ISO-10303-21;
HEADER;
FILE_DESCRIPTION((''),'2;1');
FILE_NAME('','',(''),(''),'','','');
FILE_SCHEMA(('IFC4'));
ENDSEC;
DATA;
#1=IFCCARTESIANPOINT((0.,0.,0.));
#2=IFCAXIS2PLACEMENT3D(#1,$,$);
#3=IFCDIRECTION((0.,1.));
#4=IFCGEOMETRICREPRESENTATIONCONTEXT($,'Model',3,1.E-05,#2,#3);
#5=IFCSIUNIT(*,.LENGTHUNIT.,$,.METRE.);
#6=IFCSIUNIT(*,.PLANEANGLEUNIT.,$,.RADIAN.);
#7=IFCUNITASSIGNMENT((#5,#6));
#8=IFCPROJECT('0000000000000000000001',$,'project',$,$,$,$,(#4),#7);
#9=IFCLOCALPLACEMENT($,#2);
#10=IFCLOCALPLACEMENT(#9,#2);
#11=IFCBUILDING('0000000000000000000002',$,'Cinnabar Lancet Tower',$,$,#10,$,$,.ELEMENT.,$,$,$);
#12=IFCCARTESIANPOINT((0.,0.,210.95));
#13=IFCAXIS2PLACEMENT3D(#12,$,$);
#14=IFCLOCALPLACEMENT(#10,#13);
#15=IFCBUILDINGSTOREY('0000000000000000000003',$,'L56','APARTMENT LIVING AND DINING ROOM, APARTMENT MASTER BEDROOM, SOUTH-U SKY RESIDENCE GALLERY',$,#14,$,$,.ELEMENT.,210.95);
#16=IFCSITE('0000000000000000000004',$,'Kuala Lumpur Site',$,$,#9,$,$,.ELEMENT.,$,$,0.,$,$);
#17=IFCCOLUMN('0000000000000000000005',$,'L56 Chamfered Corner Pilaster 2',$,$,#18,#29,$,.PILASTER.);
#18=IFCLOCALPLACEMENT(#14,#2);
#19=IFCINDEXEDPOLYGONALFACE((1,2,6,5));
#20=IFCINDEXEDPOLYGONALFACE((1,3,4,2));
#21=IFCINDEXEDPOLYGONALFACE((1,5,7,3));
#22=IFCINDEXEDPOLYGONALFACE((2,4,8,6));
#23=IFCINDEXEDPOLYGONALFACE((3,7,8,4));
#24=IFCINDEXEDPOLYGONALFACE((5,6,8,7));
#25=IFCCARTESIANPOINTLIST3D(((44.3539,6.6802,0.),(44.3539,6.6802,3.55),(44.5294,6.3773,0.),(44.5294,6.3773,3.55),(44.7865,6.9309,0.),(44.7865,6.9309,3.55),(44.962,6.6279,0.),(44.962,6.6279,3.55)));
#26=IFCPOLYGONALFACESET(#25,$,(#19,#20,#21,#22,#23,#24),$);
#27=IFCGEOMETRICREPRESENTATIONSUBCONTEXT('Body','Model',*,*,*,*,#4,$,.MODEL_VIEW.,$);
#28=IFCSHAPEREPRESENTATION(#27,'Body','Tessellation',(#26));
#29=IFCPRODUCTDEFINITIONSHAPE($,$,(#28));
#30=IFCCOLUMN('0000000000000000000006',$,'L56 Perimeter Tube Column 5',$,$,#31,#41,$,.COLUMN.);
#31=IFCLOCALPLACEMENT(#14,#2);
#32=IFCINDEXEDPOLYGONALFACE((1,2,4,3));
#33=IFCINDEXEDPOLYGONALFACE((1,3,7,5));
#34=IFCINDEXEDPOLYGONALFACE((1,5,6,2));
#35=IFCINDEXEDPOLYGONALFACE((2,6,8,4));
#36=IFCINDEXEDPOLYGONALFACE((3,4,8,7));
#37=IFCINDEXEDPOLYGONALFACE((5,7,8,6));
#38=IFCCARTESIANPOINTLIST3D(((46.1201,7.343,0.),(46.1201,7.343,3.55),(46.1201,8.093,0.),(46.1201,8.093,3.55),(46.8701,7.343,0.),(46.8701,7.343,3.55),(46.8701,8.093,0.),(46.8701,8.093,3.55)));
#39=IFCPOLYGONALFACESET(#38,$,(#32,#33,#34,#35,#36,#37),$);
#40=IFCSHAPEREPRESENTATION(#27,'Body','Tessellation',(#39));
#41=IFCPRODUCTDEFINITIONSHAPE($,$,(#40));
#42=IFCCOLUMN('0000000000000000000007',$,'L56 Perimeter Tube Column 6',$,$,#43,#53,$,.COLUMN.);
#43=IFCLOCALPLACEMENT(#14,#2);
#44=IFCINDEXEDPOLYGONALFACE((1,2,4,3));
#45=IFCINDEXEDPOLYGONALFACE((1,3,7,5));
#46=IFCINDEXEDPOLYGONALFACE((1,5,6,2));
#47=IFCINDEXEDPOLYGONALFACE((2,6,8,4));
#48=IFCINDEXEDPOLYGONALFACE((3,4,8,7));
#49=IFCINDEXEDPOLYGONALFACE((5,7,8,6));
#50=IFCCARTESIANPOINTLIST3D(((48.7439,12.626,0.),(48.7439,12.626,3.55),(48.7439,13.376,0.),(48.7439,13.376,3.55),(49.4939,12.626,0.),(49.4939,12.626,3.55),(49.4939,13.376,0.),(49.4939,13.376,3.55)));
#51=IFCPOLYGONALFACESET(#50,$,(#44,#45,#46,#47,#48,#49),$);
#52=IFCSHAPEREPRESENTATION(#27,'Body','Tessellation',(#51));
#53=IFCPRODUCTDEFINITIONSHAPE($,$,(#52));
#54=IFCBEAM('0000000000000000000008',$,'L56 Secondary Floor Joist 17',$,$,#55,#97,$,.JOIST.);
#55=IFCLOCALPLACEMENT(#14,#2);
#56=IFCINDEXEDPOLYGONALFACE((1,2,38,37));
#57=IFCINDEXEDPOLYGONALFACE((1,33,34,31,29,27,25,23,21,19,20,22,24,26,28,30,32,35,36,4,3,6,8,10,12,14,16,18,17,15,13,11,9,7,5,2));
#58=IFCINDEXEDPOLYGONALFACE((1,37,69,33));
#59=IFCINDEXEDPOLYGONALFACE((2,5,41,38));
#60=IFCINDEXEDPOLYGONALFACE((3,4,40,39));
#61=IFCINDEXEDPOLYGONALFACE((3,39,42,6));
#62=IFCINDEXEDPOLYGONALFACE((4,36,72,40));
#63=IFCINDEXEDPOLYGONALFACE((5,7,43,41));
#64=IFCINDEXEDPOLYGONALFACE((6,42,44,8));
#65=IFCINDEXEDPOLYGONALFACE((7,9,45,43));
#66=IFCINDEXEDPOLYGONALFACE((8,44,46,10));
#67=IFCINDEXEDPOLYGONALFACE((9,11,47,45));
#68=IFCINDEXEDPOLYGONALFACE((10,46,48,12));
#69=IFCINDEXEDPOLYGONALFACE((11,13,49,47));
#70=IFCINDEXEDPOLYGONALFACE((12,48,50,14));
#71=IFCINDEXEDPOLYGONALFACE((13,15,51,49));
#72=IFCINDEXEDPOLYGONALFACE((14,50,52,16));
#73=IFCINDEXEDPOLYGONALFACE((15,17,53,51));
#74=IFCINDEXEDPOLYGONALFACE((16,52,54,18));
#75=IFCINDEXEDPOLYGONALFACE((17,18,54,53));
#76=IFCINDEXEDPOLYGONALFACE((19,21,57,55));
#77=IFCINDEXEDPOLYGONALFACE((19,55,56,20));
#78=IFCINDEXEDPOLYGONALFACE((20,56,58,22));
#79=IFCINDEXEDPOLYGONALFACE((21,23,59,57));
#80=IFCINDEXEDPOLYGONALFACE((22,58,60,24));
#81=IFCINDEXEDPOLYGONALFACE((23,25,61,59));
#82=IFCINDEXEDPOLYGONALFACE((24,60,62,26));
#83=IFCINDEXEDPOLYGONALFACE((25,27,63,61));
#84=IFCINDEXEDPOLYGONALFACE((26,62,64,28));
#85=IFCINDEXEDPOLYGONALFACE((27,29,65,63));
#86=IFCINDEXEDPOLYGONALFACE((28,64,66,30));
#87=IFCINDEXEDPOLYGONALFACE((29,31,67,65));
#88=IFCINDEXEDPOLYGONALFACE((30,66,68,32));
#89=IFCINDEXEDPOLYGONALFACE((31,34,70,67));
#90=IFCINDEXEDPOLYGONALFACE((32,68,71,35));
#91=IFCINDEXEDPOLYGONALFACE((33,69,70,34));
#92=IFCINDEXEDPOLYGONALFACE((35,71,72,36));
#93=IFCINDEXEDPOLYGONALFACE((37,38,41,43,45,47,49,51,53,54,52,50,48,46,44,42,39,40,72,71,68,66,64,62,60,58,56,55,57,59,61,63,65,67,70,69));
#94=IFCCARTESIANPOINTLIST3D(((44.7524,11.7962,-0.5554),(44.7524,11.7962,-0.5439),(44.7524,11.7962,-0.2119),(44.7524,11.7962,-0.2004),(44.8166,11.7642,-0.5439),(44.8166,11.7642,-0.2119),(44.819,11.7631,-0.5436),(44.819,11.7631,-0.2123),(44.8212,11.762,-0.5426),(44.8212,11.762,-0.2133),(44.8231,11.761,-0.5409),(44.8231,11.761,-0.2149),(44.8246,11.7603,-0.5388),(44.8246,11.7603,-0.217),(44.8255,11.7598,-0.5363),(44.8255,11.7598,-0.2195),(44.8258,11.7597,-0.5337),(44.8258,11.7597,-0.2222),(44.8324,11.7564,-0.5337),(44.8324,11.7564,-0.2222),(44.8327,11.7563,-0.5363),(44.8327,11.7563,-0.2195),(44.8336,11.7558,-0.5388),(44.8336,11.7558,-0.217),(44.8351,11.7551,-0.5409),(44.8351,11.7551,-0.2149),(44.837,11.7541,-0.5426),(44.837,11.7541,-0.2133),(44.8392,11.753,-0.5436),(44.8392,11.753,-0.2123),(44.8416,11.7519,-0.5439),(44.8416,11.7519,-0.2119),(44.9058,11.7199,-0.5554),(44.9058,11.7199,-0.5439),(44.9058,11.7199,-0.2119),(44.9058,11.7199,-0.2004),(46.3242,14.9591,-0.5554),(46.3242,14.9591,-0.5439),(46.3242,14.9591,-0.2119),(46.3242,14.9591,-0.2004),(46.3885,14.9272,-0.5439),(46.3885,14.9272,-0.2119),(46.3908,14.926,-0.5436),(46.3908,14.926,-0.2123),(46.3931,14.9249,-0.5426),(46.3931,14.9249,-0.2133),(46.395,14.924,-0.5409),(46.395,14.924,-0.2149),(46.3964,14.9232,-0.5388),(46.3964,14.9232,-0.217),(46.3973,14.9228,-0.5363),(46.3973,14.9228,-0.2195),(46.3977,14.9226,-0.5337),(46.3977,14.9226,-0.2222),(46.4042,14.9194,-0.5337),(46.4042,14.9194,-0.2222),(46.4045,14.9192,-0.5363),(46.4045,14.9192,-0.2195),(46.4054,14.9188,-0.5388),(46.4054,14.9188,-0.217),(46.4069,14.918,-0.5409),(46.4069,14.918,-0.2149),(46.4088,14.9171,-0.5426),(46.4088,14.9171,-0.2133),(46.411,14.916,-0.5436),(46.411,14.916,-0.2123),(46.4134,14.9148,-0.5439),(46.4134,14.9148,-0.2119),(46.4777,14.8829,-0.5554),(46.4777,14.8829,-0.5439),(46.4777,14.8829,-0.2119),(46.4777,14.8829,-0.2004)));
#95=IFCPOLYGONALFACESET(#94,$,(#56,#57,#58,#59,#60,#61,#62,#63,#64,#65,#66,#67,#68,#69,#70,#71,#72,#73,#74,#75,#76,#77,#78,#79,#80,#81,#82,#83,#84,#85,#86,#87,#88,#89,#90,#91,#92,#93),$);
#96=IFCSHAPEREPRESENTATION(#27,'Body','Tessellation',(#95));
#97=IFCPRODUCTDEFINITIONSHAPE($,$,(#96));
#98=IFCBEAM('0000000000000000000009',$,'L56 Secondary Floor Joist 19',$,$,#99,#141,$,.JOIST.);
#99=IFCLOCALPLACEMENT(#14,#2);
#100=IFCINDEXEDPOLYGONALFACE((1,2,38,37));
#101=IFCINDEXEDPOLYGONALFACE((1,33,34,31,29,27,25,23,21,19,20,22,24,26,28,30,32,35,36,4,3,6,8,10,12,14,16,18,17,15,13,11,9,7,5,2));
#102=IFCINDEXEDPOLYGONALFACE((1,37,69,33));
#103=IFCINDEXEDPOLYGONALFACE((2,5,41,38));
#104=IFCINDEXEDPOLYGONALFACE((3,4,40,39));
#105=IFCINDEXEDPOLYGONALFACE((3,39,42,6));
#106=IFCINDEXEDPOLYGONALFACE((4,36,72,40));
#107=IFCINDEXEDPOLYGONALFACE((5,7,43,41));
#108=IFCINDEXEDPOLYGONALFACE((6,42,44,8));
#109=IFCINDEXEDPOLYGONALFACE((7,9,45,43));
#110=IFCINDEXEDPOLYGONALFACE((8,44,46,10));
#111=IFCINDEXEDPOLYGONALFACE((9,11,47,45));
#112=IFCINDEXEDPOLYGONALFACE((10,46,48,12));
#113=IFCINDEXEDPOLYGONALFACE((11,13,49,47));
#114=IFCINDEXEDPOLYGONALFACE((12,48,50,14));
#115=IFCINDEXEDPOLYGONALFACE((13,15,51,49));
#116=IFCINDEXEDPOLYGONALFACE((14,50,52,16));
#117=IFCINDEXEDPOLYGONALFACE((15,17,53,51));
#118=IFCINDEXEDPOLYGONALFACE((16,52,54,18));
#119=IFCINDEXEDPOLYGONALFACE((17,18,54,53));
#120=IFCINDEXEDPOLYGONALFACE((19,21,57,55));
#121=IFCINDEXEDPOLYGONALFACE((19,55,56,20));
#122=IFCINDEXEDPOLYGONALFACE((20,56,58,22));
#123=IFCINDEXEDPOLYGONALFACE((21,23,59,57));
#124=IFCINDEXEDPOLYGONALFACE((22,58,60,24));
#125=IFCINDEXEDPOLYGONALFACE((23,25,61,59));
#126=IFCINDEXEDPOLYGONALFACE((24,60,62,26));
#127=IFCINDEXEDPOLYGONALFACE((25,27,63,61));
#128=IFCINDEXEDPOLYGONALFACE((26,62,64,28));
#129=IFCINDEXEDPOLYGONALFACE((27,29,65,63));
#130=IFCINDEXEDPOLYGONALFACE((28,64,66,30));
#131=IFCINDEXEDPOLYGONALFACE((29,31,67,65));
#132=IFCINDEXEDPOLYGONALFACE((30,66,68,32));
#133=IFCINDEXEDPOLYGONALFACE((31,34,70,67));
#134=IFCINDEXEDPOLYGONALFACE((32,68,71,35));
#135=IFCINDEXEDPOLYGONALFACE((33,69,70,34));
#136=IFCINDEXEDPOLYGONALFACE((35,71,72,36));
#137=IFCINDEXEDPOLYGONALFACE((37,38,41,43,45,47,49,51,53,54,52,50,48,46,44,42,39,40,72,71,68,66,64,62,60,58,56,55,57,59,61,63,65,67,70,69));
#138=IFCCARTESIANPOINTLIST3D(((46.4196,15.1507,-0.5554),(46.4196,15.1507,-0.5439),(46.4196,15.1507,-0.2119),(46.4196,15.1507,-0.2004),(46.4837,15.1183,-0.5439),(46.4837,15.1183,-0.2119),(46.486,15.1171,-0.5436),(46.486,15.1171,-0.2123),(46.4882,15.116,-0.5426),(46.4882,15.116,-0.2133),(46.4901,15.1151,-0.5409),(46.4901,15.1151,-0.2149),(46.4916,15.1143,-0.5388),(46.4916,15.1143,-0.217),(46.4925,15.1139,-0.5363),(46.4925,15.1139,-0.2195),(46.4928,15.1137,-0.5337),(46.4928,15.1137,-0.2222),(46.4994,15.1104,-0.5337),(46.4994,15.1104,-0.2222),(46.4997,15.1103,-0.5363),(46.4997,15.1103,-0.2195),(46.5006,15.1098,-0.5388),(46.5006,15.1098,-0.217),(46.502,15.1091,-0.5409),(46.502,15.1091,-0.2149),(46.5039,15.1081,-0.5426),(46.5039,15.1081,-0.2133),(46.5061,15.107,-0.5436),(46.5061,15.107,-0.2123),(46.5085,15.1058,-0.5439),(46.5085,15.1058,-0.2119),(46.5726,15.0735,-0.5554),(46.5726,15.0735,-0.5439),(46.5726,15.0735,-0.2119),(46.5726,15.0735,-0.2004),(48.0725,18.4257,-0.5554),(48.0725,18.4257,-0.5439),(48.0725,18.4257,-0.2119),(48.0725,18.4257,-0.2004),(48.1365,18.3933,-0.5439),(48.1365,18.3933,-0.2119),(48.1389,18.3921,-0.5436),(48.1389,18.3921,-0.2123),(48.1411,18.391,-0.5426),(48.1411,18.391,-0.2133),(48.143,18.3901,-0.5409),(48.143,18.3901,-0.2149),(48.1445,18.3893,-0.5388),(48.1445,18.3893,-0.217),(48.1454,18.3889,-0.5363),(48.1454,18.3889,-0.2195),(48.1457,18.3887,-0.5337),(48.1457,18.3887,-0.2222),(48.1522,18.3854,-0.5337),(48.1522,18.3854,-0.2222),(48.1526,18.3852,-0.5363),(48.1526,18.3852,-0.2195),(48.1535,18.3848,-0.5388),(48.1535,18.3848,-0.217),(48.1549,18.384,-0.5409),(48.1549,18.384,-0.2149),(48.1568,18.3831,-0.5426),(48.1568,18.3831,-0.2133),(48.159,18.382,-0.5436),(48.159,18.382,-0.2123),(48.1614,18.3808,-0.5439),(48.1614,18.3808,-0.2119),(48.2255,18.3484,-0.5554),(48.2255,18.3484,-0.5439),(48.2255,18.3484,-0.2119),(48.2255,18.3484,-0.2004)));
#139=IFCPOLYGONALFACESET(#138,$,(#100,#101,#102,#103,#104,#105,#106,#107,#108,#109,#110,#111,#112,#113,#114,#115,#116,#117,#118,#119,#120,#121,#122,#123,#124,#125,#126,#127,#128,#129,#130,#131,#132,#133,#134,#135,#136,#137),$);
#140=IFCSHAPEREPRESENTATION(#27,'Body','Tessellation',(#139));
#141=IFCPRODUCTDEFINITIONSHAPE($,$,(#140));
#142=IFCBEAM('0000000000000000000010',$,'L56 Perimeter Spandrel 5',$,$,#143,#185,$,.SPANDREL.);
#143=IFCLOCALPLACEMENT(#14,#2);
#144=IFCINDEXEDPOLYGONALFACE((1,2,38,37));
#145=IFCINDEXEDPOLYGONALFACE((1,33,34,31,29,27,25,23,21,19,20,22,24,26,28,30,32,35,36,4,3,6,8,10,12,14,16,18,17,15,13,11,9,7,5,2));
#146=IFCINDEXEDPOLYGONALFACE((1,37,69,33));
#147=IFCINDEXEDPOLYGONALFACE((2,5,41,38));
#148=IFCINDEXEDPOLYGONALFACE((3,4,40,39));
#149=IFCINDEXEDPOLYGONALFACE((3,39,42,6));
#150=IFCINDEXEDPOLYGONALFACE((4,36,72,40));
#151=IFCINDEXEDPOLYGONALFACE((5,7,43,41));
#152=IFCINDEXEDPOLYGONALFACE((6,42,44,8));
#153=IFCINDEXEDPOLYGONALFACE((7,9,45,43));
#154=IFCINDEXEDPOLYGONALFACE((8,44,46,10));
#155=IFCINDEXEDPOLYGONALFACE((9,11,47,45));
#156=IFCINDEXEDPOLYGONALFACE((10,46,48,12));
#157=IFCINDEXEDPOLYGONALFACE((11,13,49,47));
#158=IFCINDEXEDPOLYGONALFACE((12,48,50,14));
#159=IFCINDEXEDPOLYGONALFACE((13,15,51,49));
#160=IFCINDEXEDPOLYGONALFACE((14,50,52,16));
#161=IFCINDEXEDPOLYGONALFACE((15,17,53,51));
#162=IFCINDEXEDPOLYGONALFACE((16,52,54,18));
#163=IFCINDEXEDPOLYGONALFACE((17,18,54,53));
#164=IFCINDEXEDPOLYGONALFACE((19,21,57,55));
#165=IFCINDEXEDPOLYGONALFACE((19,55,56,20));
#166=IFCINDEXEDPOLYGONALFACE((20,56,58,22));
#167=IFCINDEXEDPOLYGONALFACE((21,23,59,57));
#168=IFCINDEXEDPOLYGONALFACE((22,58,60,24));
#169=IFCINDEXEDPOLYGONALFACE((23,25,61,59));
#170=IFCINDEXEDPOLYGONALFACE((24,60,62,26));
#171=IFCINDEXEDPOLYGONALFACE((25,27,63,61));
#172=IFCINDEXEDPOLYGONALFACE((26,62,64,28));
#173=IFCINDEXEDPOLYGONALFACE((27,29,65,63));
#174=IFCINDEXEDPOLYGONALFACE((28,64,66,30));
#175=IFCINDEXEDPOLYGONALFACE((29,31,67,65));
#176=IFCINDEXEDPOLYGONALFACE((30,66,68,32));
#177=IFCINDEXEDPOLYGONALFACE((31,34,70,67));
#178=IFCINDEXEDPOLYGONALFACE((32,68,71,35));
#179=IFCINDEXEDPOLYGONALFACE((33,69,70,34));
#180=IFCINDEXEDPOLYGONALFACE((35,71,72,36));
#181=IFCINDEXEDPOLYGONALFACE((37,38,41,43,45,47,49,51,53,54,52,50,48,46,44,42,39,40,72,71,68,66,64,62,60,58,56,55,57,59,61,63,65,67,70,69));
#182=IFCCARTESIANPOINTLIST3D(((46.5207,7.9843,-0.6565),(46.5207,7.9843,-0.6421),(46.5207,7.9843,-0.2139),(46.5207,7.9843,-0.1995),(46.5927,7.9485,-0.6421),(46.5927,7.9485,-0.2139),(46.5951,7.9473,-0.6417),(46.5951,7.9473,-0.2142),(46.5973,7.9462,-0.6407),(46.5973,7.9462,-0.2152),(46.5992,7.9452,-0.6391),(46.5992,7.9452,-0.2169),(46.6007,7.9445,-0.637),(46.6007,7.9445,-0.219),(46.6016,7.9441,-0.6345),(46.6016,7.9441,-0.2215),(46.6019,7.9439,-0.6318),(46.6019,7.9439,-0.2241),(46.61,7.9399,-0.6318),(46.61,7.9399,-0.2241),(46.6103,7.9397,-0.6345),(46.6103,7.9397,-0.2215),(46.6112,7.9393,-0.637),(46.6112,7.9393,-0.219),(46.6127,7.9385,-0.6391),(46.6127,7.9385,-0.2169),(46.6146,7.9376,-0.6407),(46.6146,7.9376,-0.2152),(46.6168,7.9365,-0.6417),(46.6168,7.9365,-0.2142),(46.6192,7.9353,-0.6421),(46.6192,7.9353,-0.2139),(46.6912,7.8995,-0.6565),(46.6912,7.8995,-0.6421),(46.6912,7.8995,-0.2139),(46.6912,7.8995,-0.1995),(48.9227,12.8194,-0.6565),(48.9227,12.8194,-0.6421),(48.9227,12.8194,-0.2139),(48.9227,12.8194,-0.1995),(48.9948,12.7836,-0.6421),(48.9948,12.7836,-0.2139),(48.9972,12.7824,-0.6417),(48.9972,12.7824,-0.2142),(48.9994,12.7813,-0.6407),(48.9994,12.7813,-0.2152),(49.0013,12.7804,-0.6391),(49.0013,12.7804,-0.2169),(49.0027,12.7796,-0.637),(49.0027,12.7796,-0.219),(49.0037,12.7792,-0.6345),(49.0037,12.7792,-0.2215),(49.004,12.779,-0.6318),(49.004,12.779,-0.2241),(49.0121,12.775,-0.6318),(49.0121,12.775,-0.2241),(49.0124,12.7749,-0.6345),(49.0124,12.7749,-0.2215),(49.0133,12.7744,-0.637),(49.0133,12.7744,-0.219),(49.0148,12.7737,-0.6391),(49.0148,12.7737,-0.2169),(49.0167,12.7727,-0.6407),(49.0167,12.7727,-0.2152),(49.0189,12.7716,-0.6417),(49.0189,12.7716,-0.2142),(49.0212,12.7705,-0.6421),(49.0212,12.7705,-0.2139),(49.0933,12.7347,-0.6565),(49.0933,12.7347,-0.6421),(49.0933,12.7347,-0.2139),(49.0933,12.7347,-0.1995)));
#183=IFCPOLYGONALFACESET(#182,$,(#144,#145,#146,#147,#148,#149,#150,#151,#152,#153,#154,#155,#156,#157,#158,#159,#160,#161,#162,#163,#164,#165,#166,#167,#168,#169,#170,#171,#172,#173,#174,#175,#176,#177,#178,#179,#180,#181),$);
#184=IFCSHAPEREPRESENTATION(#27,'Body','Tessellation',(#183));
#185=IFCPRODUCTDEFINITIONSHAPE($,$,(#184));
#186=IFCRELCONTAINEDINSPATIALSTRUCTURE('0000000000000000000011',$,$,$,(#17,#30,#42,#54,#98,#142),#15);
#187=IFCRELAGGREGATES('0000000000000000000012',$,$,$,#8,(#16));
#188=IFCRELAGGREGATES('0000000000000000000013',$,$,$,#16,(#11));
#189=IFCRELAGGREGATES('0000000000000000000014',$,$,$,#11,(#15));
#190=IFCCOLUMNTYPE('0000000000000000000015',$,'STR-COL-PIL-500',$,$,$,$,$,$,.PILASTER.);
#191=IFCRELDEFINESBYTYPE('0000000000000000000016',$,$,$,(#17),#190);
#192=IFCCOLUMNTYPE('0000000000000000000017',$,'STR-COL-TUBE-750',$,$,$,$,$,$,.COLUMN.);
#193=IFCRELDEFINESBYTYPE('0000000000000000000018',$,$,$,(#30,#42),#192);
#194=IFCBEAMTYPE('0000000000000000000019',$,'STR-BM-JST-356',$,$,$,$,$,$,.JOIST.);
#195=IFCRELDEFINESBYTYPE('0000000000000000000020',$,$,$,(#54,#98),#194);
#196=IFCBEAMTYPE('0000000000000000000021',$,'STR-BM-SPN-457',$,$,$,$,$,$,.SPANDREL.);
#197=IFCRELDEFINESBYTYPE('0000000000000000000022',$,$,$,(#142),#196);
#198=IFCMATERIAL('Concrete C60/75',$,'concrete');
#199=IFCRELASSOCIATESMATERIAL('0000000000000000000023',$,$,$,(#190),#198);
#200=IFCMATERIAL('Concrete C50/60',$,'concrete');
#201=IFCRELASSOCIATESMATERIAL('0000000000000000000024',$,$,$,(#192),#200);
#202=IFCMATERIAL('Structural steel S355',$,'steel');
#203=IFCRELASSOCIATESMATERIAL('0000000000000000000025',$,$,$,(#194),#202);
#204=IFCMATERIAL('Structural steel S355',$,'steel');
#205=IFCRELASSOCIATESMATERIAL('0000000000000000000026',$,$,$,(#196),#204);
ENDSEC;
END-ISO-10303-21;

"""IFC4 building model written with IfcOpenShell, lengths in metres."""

from ifc_helpers import new_model, si_unit, direction, frame, origin, origin_2d, place, context, subcontext, project, spatial, rectangle, i_section, extrude, material, material_profile, profile_set, type_object, element, save


model = new_model("IFC4")

# Units and contexts
model_context = context("Model", 3, precision=1e-05, world=origin(), true_north=direction((0.0, 1.0)))
body_context = subcontext(model_context, "Body", "Model", "MODEL_VIEW")
ifc_project = project(units=[si_unit("LENGTHUNIT", "METRE"), si_unit("PLANEANGLEUNIT", "RADIAN")], contexts=[model_context])

# Site, building, storey
site_placement = place(None, origin())
site = spatial("IfcSite", under=ifc_project, at=site_placement, Name="Kuala Lumpur Site", CompositionType="ELEMENT", RefElevation=0.0)
building_placement = place(site_placement, origin())
building = spatial("IfcBuilding", under=site, at=building_placement, Name="Cinnabar Lancet Tower", CompositionType="ELEMENT")
storey_placement = place(building_placement, frame((0.0, 0.0, 210.95)))
storey = spatial("IfcBuildingStorey", under=building, at=storey_placement, Name="L56", Description="APARTMENT LIVING AND DINING ROOM, APARTMENT MASTER BEDROOM, SOUTH-U SKY RESIDENCE GALLERY", CompositionType="ELEMENT", Elevation=210.95)

# Columns
ifc_material_1 = material(Name="Concrete C60/75", Category="concrete")
ifc_material_profile_1 = material_profile(ifc_material_1, rectangle(XDim=0.5, YDim=0.3501, at=origin_2d()), Name="RC-PIL 500x350")
ifc_profile_set_1 = profile_set([ifc_material_profile_1], Name="Concrete C60/75")
column_type_1 = type_object("IfcColumnType", Name="STR-COL-PIL-500", PredefinedType="PILASTER", material=ifc_profile_set_1)
column_placement = place(storey_placement, frame((44.658, 6.6541, 0.0), z_axis=(0.0, 0.0, 1.0), x_axis=(0.86523, 0.501375, 0.0)))
element("IfcColumn", 1, at=column_placement, inside=storey, type_object=column_type_1, Name="L56 Chamfered Corner Pilaster 2", PredefinedType="PILASTER", context=body_context, shape_type="SweptSolid", body=[
    extrude(rectangle(XDim=0.5, YDim=0.3501, at=origin_2d()), origin(), (0.0, 0.0, 1.0), 3.55),
])
ifc_material_2 = material(Name="Concrete C50/60", Category="concrete")
ifc_material_profile_2 = material_profile(ifc_material_2, rectangle(XDim=0.75, YDim=0.75, at=origin_2d()), Name="RC-COL 750x750")
ifc_profile_set_2 = profile_set([ifc_material_profile_2], Name="Concrete C50/60")
column_type_2 = type_object("IfcColumnType", Name="STR-COL-TUBE-750", PredefinedType="COLUMN", material=ifc_profile_set_2)
for number, where, z_axis, x_axis, name in (
    (2, (46.4951, 7.718, 0.0), (0.0, 0.0, 1.0), (1.0, 0.0, 0.0), "L56 Perimeter Tube Column 5"),
    (3, (49.1189, 13.001, 0.0), (0.0, 0.0, 1.0), (1.0, 0.0, 0.0), "L56 Perimeter Tube Column 6"),
):
    element("IfcColumn", number, at=place(storey_placement, frame(where, z_axis=z_axis, x_axis=x_axis)), inside=storey, type_object=column_type_2, Name=name, PredefinedType="COLUMN", context=body_context, shape_type="SweptSolid", body=[
        extrude(rectangle(XDim=0.75, YDim=0.75, at=origin_2d()), origin(), (0.0, 0.0, 1.0), 3.55),
    ])

# Beams
ifc_material_3 = material(Name="Structural steel S355", Category="steel")
ifc_material_profile_3 = material_profile(ifc_material_3, i_section(OverallWidth=0.1714, OverallDepth=0.355, WebThickness=0.0073, FlangeThickness=0.0115, FilletRadius=0.0103, at=origin_2d()), Name="UKB 356x171x51")
ifc_profile_set_3 = profile_set([ifc_material_profile_3], Name="Structural steel S355")
beam_type_1 = type_object("IfcBeamType", Name="STR-BM-JST-356", PredefinedType="JOIST", material=ifc_profile_set_3)
beam_1_placement = place(storey_placement, frame((44.8291, 11.7581, -0.3779), z_axis=(0.445028, 0.895517, 0.0), x_axis=(-0.895517, 0.445028, 0.0)))
element("IfcBeam", 4, at=beam_1_placement, inside=storey, type_object=beam_type_1, Name="L56 Secondary Floor Joist 17", PredefinedType="JOIST", context=body_context, shape_type="SweptSolid", body=[
    extrude(i_section(OverallWidth=0.1714, OverallDepth=0.355, WebThickness=0.0073, FlangeThickness=0.0115, FilletRadius=0.0103, at=origin_2d()), origin(), (0.0, 0.0, 1.0), 3.532),
])
beam_2_placement = place(storey_placement, frame((46.4961, 15.1121, -0.3779), z_axis=(0.450565, 0.892744, 0.0), x_axis=(-0.892744, 0.450565, 0.0)))
element("IfcBeam", 5, at=beam_2_placement, inside=storey, type_object=beam_type_1, Name="L56 Secondary Floor Joist 19", PredefinedType="JOIST", context=body_context, shape_type="SweptSolid", body=[
    extrude(i_section(OverallWidth=0.1714, OverallDepth=0.355, WebThickness=0.0073, FlangeThickness=0.0115, FilletRadius=0.0103, at=origin_2d()), origin(), (0.0, 0.0, 1.0), 3.6685),
])
ifc_material_4 = material(Name="Structural steel S355", Category="steel")
ifc_material_profile_4 = material_profile(ifc_material_4, i_section(OverallWidth=0.1904, OverallDepth=0.457, WebThickness=0.009, FlangeThickness=0.0144, FilletRadius=0.0103, at=origin_2d()), Name="UKB 457x191x74")
ifc_profile_set_4 = profile_set([ifc_material_profile_4], Name="Structural steel S355")
beam_type_2 = type_object("IfcBeamType", Name="STR-BM-SPN-457", PredefinedType="SPANDREL", material=ifc_profile_set_4)
beam_3_placement = place(storey_placement, frame((46.606, 7.9419, -0.428), z_axis=(0.444915, 0.895573, 0.0), x_axis=(-0.895573, 0.444915, 0.0)))
element("IfcBeam", 6, at=beam_3_placement, inside=storey, type_object=beam_type_2, Name="L56 Perimeter Spandrel 5", PredefinedType="SPANDREL", context=body_context, shape_type="SweptSolid", body=[
    extrude(i_section(OverallWidth=0.1904, OverallDepth=0.457, WebThickness=0.009, FlangeThickness=0.0144, FilletRadius=0.0103, at=origin_2d()), origin(), (0.0, 0.0, 1.0), 5.3989),
])

save(model, "model.ifc")
